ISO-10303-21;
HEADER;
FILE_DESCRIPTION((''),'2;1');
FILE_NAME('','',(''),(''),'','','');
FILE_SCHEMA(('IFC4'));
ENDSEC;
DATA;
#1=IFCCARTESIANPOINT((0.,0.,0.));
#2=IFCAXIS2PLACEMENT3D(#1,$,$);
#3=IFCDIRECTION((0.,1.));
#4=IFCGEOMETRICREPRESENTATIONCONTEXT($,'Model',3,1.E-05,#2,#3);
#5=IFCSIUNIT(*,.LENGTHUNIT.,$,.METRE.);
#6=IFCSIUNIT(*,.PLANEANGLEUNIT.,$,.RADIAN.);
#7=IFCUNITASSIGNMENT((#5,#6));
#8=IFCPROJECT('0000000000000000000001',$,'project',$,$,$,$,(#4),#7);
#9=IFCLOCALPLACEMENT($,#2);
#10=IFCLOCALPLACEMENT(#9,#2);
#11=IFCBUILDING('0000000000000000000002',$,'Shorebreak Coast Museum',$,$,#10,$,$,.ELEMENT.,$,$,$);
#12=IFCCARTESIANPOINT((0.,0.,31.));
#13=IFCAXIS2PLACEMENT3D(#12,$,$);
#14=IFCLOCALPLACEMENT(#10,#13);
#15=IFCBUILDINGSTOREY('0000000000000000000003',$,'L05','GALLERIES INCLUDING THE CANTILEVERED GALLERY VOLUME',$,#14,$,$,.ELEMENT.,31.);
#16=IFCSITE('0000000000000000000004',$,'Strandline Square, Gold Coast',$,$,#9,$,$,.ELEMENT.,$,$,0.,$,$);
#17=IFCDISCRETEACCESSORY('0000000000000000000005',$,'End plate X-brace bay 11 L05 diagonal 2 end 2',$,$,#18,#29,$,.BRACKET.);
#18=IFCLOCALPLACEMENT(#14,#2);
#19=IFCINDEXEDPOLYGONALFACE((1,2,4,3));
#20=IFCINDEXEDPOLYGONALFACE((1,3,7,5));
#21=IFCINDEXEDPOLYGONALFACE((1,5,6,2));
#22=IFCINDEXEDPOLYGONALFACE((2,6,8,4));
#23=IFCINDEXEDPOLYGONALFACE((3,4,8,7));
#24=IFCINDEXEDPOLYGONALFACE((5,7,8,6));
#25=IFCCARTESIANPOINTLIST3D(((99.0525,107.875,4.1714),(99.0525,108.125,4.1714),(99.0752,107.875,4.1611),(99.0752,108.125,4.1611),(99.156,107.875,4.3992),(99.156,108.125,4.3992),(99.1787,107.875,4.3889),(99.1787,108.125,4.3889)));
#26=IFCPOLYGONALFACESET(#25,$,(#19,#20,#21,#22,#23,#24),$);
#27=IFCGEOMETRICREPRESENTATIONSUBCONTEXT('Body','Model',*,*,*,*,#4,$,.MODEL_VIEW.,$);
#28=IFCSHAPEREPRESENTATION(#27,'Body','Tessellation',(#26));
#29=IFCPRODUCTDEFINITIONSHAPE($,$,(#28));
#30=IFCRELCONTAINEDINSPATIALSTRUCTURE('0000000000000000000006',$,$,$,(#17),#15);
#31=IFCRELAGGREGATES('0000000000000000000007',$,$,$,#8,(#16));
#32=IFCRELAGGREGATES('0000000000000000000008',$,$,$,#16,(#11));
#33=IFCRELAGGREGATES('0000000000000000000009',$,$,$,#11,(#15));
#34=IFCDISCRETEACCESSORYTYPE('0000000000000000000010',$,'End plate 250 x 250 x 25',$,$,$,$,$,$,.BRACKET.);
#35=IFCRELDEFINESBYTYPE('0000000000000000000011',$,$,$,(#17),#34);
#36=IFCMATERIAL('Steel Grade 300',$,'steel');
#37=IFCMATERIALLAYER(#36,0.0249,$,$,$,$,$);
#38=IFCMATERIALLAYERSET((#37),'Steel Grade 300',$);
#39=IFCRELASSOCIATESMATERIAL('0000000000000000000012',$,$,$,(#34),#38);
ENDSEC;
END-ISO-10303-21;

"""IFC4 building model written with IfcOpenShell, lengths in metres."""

from ifc_helpers import new_model, si_unit, direction, frame, origin, place, context, subcontext, project, spatial, polyline, outline, extrude, material, layer, layer_set, type_object, element, save


model = new_model("IFC4")

# Units and contexts
model_context = context("Model", 3, precision=1e-05, world=origin(), true_north=direction((0.0, 1.0)))
body_context = subcontext(model_context, "Body", "Model", "MODEL_VIEW")
ifc_project = project(units=[si_unit("LENGTHUNIT", "METRE"), si_unit("PLANEANGLEUNIT", "RADIAN")], contexts=[model_context])

# Site, building, storey
site_placement = place(None, origin())
site = spatial("IfcSite", under=ifc_project, at=site_placement, Name="Strandline Square, Gold Coast", CompositionType="ELEMENT", RefElevation=0.0)
building_placement = place(site_placement, origin())
building = spatial("IfcBuilding", under=site, at=building_placement, Name="Shorebreak Coast Museum", CompositionType="ELEMENT")
storey_placement = place(building_placement, frame((0.0, 0.0, 31.0)))
storey = spatial("IfcBuildingStorey", under=building, at=storey_placement, Name="L05", Description="GALLERIES INCLUDING THE CANTILEVERED GALLERY VOLUME", CompositionType="ELEMENT", Elevation=31.0)

# Discrete accessory
ifc_material_1 = material(Name="Steel Grade 300", Category="steel")
ifc_layer_1 = layer(ifc_material_1, 0.0249)
ifc_layer_set_1 = layer_set([ifc_layer_1], Name="Steel Grade 300")
discrete_accessory_type = type_object("IfcDiscreteAccessoryType", Name="End plate 250 x 250 x 25", PredefinedType="BRACKET", material=ifc_layer_set_1)
discrete_accessory_1_placement = place(storey_placement, frame((99.0525, 108.125, 4.1714), z_axis=(-0.9104, 0.0, 0.413729), x_axis=(0.0, -1.0, 0.0)))
element("IfcDiscreteAccessory", 1, at=discrete_accessory_1_placement, inside=storey, type_object=discrete_accessory_type, Name="End plate X-brace bay 11 L05 diagonal 2 end 2", PredefinedType="BRACKET", context=body_context, shape_type="SweptSolid", body=[
    extrude(outline(polyline([(0.0, 0.0), (0.25, 0.0), (0.25, 0.2502), (0.0, 0.2502), (0.0, 0.0)])), origin(), (0.0, 0.0, -1.0), 0.0249),
])

save(model, "model.ifc")
